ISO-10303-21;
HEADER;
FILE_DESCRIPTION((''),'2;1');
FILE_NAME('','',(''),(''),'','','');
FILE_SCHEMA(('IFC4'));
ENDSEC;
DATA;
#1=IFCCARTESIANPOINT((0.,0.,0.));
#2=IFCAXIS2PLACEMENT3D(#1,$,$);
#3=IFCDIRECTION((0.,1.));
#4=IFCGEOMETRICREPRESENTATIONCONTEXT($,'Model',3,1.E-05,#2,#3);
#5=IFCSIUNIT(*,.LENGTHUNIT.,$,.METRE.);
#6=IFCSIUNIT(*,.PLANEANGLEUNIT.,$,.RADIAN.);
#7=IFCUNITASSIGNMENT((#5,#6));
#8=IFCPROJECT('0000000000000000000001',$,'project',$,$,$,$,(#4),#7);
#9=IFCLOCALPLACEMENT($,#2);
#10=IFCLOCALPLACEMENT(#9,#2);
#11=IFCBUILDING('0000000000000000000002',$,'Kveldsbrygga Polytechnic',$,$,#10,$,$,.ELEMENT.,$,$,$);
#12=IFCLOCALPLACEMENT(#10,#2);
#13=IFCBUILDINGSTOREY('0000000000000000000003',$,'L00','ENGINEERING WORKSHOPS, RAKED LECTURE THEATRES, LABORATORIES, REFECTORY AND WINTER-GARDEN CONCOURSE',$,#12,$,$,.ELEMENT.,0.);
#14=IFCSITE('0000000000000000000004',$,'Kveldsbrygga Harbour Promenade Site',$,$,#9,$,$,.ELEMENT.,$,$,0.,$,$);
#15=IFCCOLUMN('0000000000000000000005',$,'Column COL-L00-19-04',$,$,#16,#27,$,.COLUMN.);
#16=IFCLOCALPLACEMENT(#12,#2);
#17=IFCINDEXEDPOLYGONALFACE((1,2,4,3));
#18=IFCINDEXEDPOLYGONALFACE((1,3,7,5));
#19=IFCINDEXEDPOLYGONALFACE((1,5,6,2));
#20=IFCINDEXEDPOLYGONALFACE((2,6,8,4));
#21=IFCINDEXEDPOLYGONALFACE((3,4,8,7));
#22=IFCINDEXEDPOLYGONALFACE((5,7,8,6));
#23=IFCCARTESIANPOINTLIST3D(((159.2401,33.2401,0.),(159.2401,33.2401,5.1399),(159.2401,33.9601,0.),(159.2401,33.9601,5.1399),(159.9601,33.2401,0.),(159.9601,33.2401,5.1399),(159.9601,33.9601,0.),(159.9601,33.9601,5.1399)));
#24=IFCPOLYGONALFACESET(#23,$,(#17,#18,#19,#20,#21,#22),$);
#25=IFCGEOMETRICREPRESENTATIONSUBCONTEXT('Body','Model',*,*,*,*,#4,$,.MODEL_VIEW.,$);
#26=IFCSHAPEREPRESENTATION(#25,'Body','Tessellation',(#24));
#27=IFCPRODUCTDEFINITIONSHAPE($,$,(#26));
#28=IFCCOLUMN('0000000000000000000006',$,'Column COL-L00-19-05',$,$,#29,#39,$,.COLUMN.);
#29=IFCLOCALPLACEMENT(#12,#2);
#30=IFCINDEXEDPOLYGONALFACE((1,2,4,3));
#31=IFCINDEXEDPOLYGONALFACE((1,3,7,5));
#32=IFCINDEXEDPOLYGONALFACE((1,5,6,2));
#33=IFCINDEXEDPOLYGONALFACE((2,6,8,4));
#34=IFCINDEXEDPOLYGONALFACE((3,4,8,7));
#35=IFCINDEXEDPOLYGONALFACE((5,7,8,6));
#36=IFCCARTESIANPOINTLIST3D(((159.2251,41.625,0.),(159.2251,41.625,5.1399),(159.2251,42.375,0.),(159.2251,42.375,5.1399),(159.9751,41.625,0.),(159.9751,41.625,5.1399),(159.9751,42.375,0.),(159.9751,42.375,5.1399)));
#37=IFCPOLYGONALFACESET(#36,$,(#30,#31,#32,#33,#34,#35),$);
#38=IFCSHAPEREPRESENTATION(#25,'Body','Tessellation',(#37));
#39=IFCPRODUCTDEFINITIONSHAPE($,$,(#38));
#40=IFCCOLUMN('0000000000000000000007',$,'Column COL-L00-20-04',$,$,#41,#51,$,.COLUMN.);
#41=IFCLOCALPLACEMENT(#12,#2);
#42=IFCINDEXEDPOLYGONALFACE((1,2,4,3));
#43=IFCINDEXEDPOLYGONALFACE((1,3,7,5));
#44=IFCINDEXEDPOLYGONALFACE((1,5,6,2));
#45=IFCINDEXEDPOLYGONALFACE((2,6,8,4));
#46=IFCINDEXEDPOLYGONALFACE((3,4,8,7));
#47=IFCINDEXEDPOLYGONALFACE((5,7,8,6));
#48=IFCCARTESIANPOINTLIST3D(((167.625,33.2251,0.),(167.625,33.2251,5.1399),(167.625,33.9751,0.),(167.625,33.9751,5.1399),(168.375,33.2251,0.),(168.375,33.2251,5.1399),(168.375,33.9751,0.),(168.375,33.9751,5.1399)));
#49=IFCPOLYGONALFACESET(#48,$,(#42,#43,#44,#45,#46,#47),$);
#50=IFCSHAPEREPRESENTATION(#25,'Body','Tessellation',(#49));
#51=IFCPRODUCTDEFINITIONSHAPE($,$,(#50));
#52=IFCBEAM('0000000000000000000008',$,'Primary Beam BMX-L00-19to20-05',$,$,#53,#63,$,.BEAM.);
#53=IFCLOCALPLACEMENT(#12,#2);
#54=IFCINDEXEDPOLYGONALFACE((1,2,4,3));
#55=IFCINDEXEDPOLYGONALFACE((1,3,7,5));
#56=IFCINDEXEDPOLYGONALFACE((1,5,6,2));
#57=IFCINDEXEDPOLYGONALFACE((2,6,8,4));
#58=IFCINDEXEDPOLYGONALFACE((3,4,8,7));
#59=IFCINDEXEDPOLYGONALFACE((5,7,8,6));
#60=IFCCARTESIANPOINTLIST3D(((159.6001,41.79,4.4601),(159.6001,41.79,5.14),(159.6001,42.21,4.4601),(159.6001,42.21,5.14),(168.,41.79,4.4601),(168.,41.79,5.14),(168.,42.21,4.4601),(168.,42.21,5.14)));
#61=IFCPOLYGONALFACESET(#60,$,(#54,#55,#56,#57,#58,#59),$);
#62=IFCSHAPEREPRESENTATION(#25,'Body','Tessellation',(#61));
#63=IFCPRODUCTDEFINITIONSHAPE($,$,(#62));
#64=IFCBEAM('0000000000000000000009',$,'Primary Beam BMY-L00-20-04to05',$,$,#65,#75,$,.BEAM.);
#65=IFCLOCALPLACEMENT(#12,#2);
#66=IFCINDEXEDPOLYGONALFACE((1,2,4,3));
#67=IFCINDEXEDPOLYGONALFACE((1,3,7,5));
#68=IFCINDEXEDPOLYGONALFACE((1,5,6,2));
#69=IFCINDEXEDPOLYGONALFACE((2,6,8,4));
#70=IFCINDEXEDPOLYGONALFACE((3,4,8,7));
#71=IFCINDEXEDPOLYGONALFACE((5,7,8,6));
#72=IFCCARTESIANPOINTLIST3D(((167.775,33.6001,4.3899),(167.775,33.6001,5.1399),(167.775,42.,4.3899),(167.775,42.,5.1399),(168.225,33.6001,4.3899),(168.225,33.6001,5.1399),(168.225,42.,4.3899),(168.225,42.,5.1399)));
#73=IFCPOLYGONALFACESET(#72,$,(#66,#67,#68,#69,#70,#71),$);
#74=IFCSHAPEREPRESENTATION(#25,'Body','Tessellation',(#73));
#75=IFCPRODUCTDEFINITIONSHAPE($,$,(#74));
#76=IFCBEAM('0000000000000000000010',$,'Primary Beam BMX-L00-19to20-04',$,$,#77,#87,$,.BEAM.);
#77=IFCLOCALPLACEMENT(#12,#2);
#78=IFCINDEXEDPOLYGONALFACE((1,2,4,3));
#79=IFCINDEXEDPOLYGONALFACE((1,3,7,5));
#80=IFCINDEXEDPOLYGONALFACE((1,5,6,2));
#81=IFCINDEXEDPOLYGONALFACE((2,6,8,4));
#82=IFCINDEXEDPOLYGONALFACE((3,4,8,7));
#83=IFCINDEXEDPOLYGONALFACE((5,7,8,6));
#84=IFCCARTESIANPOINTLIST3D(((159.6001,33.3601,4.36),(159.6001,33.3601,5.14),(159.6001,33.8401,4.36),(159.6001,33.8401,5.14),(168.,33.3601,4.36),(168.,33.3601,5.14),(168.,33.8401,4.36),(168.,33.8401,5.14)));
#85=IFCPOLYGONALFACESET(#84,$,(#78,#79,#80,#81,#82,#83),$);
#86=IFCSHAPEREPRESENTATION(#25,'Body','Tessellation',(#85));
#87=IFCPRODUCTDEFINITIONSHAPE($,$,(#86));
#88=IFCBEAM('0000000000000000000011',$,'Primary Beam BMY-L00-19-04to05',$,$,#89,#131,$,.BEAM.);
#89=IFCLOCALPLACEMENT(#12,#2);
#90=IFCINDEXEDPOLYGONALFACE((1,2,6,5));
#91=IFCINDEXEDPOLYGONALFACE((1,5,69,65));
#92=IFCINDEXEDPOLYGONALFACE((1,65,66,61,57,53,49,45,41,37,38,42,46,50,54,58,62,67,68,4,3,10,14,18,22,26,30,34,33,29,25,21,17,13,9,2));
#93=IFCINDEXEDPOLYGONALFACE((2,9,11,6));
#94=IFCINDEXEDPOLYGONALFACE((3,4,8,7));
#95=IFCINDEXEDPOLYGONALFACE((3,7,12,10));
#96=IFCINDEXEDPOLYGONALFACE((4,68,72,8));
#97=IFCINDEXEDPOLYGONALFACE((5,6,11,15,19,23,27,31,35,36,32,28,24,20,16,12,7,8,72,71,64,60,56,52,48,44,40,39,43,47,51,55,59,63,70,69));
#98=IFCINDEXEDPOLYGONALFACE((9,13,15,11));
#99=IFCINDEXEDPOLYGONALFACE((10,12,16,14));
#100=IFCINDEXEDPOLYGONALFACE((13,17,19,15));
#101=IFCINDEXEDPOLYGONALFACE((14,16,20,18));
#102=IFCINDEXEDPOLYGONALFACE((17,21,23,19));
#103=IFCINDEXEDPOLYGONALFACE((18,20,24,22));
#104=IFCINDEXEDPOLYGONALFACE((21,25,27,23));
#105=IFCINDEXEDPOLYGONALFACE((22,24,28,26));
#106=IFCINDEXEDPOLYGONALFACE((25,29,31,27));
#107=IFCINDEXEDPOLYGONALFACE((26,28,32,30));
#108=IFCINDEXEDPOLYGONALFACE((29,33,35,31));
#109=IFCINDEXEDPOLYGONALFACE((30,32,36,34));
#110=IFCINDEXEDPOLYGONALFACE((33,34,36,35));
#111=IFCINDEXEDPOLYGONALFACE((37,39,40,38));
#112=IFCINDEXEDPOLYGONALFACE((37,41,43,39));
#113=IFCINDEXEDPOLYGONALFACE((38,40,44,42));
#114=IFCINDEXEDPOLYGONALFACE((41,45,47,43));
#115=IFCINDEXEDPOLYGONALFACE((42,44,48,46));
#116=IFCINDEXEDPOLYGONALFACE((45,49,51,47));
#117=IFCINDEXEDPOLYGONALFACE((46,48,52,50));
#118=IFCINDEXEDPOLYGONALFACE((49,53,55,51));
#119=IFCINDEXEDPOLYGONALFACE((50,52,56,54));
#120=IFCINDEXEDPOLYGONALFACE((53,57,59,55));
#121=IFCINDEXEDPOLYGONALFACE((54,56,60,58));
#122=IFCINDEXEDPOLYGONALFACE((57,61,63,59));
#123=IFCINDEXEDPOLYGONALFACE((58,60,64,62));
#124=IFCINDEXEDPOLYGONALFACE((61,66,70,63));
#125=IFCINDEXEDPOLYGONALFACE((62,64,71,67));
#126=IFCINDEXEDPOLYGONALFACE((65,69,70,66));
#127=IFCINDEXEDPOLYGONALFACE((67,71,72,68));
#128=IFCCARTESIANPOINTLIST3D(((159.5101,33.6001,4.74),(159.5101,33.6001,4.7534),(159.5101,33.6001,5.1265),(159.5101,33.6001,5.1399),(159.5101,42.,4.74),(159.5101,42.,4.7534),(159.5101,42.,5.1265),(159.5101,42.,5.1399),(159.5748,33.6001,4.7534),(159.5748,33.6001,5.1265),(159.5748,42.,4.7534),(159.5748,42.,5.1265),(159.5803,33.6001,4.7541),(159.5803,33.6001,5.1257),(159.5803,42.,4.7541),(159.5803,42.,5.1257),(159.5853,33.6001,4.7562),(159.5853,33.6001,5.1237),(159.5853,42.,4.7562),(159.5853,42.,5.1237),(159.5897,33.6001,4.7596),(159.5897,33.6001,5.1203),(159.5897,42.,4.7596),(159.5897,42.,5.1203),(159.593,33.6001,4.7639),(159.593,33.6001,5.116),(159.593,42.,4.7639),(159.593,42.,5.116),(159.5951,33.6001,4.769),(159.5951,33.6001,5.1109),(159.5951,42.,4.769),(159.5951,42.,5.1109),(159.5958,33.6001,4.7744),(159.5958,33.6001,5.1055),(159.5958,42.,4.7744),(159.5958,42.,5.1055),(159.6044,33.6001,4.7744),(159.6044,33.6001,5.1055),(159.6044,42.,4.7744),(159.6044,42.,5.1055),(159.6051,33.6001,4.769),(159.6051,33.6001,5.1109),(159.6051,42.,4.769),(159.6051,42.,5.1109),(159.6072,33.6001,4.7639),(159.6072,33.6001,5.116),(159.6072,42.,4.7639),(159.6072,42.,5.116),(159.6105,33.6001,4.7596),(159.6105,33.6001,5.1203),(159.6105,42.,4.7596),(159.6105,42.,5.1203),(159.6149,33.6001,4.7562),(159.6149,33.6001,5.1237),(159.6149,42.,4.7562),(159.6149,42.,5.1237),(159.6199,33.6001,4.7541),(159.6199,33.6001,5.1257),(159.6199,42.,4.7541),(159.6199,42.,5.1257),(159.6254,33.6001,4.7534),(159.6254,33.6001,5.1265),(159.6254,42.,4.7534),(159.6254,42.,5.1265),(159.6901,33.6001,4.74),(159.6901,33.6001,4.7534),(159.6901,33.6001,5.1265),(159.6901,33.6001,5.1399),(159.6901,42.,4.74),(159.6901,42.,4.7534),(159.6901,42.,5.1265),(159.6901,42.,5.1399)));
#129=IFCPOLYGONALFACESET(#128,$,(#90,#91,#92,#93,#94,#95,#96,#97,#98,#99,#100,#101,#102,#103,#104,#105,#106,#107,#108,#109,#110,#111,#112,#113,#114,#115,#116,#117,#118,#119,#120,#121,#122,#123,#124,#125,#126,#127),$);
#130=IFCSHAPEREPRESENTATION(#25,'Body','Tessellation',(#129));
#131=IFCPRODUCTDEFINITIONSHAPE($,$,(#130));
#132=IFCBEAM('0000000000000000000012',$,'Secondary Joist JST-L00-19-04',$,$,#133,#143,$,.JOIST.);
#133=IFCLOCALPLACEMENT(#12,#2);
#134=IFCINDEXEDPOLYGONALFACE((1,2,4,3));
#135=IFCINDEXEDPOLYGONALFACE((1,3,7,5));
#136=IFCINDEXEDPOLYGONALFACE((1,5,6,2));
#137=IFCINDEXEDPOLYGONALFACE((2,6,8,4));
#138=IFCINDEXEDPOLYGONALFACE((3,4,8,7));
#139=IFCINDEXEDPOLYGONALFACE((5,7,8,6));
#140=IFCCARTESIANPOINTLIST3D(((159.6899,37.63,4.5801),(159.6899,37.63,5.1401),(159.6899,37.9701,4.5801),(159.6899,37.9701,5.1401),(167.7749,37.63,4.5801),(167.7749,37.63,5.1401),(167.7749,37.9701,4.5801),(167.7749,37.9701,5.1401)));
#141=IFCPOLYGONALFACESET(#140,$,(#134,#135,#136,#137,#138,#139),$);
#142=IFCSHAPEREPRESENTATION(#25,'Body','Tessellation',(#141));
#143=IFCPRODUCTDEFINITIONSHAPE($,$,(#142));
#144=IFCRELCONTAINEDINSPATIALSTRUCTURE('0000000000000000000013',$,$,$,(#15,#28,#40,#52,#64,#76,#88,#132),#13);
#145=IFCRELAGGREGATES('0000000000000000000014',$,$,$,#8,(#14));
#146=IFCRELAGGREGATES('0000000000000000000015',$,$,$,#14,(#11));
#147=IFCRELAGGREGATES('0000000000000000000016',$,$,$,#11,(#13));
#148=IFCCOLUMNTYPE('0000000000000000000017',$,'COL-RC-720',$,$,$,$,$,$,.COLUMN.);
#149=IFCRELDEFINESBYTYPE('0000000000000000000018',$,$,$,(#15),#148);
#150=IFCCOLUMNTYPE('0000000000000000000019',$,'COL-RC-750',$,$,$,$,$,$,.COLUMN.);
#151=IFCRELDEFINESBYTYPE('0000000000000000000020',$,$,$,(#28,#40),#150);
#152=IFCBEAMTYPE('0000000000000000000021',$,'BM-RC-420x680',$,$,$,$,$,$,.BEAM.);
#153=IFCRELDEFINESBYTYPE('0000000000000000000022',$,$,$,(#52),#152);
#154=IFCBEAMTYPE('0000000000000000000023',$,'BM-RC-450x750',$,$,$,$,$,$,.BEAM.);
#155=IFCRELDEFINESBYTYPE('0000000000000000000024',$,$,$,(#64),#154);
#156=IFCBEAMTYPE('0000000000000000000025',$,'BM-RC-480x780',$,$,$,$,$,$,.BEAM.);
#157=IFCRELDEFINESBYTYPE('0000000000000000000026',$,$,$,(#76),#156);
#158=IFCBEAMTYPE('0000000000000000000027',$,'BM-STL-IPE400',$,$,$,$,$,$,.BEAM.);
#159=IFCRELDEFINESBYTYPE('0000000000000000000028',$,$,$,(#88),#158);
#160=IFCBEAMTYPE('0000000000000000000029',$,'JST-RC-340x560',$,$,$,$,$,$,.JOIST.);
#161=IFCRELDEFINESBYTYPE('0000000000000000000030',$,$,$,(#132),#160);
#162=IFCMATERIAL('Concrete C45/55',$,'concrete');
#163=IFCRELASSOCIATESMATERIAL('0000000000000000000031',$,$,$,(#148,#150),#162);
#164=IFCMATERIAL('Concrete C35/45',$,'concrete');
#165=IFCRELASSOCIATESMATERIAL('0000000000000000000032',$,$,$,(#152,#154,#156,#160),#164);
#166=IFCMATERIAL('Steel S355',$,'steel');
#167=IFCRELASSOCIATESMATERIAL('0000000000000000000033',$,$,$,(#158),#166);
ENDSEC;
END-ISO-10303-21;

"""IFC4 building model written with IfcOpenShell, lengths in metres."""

from ifc_helpers import new_model, si_unit, direction, frame, origin, origin_2d, place, context, subcontext, project, spatial, rectangle, i_section, extrude, material, material_profile, profile_set, type_object, element, save


model = new_model("IFC4")

# Units and contexts
model_context = context("Model", 3, precision=1e-05, world=origin(), true_north=direction((0.0, 1.0)))
body_context = subcontext(model_context, "Body", "Model", "MODEL_VIEW")
ifc_project = project(units=[si_unit("LENGTHUNIT", "METRE"), si_unit("PLANEANGLEUNIT", "RADIAN")], contexts=[model_context])

# Site, building, storey
site_placement = place(None, origin())
site = spatial("IfcSite", under=ifc_project, at=site_placement, Name="Kveldsbrygga Harbour Promenade Site", CompositionType="ELEMENT", RefElevation=0.0)
building_placement = place(site_placement, origin())
building = spatial("IfcBuilding", under=site, at=building_placement, Name="Kveldsbrygga Polytechnic", CompositionType="ELEMENT")
storey_placement = place(building_placement, origin())
storey = spatial("IfcBuildingStorey", under=building, at=storey_placement, Name="L00", Description="ENGINEERING WORKSHOPS, RAKED LECTURE THEATRES, LABORATORIES, REFECTORY AND WINTER-GARDEN CONCOURSE", CompositionType="ELEMENT", Elevation=0.0)

# Columns
ifc_material_1 = material(Name="Concrete C45/55", Category="concrete")
ifc_material_profile_1 = material_profile(ifc_material_1, rectangle(XDim=0.72, YDim=0.72, at=origin_2d()), Name="RC 720x720")
ifc_profile_set_1 = profile_set([ifc_material_profile_1], Name="Concrete C45/55")
column_type_1 = type_object("IfcColumnType", Name="COL-RC-720", PredefinedType="COLUMN", material=ifc_profile_set_1)
column_placement = place(storey_placement, frame((159.6001, 33.6001, 0.0), z_axis=(0.0, 0.0, 1.0), x_axis=(1.0, 0.0, 0.0)))
element("IfcColumn", 1, at=column_placement, inside=storey, type_object=column_type_1, Name="Column COL-L00-19-04", PredefinedType="COLUMN", context=body_context, shape_type="SweptSolid", body=[
    extrude(rectangle(XDim=0.72, YDim=0.72, at=origin_2d()), origin(), (0.0, 0.0, 1.0), 5.1399),
])
ifc_material_profile_2 = material_profile(ifc_material_1, rectangle(XDim=0.75, YDim=0.75, at=origin_2d()), Name="RC 750x750")
ifc_profile_set_2 = profile_set([ifc_material_profile_2], Name="Concrete C45/55")
column_type_2 = type_object("IfcColumnType", Name="COL-RC-750", PredefinedType="COLUMN", material=ifc_profile_set_2)
for number, where, z_axis, x_axis, name in (
    (2, (159.6001, 42.0, 0.0), (0.0, 0.0, 1.0), (1.0, 0.0, 0.0), "Column COL-L00-19-05"),
    (3, (168.0, 33.6001, 0.0), (0.0, 0.0, 1.0), (1.0, 0.0, 0.0), "Column COL-L00-20-04"),
):
    element("IfcColumn", number, at=place(storey_placement, frame(where, z_axis=z_axis, x_axis=x_axis)), inside=storey, type_object=column_type_2, Name=name, PredefinedType="COLUMN", context=body_context, shape_type="SweptSolid", body=[
        extrude(rectangle(XDim=0.75, YDim=0.75, at=origin_2d()), origin(), (0.0, 0.0, 1.0), 5.1399),
    ])

# Beams
ifc_material_2 = material(Name="Concrete C35/45", Category="concrete")
ifc_material_profile_3 = material_profile(ifc_material_2, rectangle(XDim=0.4199, YDim=0.6799, at=origin_2d()), Name="RC 420x680")
ifc_profile_set_3 = profile_set([ifc_material_profile_3], Name="Concrete C35/45")
beam_type_1 = type_object("IfcBeamType", Name="BM-RC-420x680", PredefinedType="BEAM", material=ifc_profile_set_3)
beam_1_placement = place(storey_placement, frame((159.6001, 42.0, 4.8), z_axis=(1.0, 0.0, 0.0), x_axis=(0.0, 1.0, 0.0)))
element("IfcBeam", 4, at=beam_1_placement, inside=storey, type_object=beam_type_1, Name="Primary Beam BMX-L00-19to20-05", PredefinedType="BEAM", context=body_context, shape_type="SweptSolid", body=[
    extrude(rectangle(XDim=0.4199, YDim=0.6799, at=origin_2d()), origin(), (0.0, 0.0, 1.0), 8.3999),
])
ifc_material_profile_4 = material_profile(ifc_material_2, rectangle(XDim=0.45, YDim=0.75, at=origin_2d()), Name="RC 450x750")
ifc_profile_set_4 = profile_set([ifc_material_profile_4], Name="Concrete C35/45")
beam_type_2 = type_object("IfcBeamType", Name="BM-RC-450x750", PredefinedType="BEAM", material=ifc_profile_set_4)
beam_2_placement = place(storey_placement, frame((168.0, 33.6001, 4.7649), z_axis=(0.0, 1.0, 0.0), x_axis=(-1.0, 0.0, 0.0)))
element("IfcBeam", 5, at=beam_2_placement, inside=storey, type_object=beam_type_2, Name="Primary Beam BMY-L00-20-04to05", PredefinedType="BEAM", context=body_context, shape_type="SweptSolid", body=[
    extrude(rectangle(XDim=0.45, YDim=0.75, at=origin_2d()), origin(), (0.0, 0.0, 1.0), 8.3999),
])
ifc_material_profile_5 = material_profile(ifc_material_2, rectangle(XDim=0.48, YDim=0.78, at=origin_2d()), Name="RC 480x780")
ifc_profile_set_5 = profile_set([ifc_material_profile_5], Name="Concrete C35/45")
beam_type_3 = type_object("IfcBeamType", Name="BM-RC-480x780", PredefinedType="BEAM", material=ifc_profile_set_5)
beam_3_placement = place(storey_placement, frame((159.6001, 33.6001, 4.75), z_axis=(1.0, 0.0, 0.0), x_axis=(0.0, 1.0, 0.0)))
element("IfcBeam", 6, at=beam_3_placement, inside=storey, type_object=beam_type_3, Name="Primary Beam BMX-L00-19to20-04", PredefinedType="BEAM", context=body_context, shape_type="SweptSolid", body=[
    extrude(rectangle(XDim=0.48, YDim=0.78, at=origin_2d()), origin(), (0.0, 0.0, 1.0), 8.3999),
])
ifc_material_3 = material(Name="Steel S355", Category="steel")
ifc_material_profile_6 = material_profile(ifc_material_3, i_section(OverallWidth=0.1799, OverallDepth=0.3999, WebThickness=0.0085, FlangeThickness=0.0134, FilletRadius=0.021, at=origin_2d()), Name="IPE 400")
ifc_profile_set_6 = profile_set([ifc_material_profile_6], Name="Steel S355")
beam_type_4 = type_object("IfcBeamType", Name="BM-STL-IPE400", PredefinedType="BEAM", material=ifc_profile_set_6)
beam_4_placement = place(storey_placement, frame((159.6001, 33.6001, 4.9399), z_axis=(0.0, 1.0, 0.0), x_axis=(-1.0, 0.0, 0.0)))
element("IfcBeam", 7, at=beam_4_placement, inside=storey, type_object=beam_type_4, Name="Primary Beam BMY-L00-19-04to05", PredefinedType="BEAM", context=body_context, shape_type="SweptSolid", body=[
    extrude(i_section(OverallWidth=0.1799, OverallDepth=0.3999, WebThickness=0.0085, FlangeThickness=0.0134, FilletRadius=0.021, at=origin_2d()), origin(), (0.0, 0.0, 1.0), 8.3999),
])
ifc_material_profile_7 = material_profile(ifc_material_2, rectangle(XDim=0.3401, YDim=0.5601, at=origin_2d()), Name="RC 340x560")
ifc_profile_set_7 = profile_set([ifc_material_profile_7], Name="Concrete C35/45")
beam_type_5 = type_object("IfcBeamType", Name="JST-RC-340x560", PredefinedType="JOIST", material=ifc_profile_set_7)
beam_5_placement = place(storey_placement, frame((159.6899, 37.8, 4.8601), z_axis=(1.0, 0.0, 0.0), x_axis=(0.0, 1.0, 0.0)))
element("IfcBeam", 8, at=beam_5_placement, inside=storey, type_object=beam_type_5, Name="Secondary Joist JST-L00-19-04", PredefinedType="JOIST", context=body_context, shape_type="SweptSolid", body=[
    extrude(rectangle(XDim=0.3401, YDim=0.5601, at=origin_2d()), origin(), (0.0, 0.0, 1.0), 8.085),
])

save(model, "model.ifc")
